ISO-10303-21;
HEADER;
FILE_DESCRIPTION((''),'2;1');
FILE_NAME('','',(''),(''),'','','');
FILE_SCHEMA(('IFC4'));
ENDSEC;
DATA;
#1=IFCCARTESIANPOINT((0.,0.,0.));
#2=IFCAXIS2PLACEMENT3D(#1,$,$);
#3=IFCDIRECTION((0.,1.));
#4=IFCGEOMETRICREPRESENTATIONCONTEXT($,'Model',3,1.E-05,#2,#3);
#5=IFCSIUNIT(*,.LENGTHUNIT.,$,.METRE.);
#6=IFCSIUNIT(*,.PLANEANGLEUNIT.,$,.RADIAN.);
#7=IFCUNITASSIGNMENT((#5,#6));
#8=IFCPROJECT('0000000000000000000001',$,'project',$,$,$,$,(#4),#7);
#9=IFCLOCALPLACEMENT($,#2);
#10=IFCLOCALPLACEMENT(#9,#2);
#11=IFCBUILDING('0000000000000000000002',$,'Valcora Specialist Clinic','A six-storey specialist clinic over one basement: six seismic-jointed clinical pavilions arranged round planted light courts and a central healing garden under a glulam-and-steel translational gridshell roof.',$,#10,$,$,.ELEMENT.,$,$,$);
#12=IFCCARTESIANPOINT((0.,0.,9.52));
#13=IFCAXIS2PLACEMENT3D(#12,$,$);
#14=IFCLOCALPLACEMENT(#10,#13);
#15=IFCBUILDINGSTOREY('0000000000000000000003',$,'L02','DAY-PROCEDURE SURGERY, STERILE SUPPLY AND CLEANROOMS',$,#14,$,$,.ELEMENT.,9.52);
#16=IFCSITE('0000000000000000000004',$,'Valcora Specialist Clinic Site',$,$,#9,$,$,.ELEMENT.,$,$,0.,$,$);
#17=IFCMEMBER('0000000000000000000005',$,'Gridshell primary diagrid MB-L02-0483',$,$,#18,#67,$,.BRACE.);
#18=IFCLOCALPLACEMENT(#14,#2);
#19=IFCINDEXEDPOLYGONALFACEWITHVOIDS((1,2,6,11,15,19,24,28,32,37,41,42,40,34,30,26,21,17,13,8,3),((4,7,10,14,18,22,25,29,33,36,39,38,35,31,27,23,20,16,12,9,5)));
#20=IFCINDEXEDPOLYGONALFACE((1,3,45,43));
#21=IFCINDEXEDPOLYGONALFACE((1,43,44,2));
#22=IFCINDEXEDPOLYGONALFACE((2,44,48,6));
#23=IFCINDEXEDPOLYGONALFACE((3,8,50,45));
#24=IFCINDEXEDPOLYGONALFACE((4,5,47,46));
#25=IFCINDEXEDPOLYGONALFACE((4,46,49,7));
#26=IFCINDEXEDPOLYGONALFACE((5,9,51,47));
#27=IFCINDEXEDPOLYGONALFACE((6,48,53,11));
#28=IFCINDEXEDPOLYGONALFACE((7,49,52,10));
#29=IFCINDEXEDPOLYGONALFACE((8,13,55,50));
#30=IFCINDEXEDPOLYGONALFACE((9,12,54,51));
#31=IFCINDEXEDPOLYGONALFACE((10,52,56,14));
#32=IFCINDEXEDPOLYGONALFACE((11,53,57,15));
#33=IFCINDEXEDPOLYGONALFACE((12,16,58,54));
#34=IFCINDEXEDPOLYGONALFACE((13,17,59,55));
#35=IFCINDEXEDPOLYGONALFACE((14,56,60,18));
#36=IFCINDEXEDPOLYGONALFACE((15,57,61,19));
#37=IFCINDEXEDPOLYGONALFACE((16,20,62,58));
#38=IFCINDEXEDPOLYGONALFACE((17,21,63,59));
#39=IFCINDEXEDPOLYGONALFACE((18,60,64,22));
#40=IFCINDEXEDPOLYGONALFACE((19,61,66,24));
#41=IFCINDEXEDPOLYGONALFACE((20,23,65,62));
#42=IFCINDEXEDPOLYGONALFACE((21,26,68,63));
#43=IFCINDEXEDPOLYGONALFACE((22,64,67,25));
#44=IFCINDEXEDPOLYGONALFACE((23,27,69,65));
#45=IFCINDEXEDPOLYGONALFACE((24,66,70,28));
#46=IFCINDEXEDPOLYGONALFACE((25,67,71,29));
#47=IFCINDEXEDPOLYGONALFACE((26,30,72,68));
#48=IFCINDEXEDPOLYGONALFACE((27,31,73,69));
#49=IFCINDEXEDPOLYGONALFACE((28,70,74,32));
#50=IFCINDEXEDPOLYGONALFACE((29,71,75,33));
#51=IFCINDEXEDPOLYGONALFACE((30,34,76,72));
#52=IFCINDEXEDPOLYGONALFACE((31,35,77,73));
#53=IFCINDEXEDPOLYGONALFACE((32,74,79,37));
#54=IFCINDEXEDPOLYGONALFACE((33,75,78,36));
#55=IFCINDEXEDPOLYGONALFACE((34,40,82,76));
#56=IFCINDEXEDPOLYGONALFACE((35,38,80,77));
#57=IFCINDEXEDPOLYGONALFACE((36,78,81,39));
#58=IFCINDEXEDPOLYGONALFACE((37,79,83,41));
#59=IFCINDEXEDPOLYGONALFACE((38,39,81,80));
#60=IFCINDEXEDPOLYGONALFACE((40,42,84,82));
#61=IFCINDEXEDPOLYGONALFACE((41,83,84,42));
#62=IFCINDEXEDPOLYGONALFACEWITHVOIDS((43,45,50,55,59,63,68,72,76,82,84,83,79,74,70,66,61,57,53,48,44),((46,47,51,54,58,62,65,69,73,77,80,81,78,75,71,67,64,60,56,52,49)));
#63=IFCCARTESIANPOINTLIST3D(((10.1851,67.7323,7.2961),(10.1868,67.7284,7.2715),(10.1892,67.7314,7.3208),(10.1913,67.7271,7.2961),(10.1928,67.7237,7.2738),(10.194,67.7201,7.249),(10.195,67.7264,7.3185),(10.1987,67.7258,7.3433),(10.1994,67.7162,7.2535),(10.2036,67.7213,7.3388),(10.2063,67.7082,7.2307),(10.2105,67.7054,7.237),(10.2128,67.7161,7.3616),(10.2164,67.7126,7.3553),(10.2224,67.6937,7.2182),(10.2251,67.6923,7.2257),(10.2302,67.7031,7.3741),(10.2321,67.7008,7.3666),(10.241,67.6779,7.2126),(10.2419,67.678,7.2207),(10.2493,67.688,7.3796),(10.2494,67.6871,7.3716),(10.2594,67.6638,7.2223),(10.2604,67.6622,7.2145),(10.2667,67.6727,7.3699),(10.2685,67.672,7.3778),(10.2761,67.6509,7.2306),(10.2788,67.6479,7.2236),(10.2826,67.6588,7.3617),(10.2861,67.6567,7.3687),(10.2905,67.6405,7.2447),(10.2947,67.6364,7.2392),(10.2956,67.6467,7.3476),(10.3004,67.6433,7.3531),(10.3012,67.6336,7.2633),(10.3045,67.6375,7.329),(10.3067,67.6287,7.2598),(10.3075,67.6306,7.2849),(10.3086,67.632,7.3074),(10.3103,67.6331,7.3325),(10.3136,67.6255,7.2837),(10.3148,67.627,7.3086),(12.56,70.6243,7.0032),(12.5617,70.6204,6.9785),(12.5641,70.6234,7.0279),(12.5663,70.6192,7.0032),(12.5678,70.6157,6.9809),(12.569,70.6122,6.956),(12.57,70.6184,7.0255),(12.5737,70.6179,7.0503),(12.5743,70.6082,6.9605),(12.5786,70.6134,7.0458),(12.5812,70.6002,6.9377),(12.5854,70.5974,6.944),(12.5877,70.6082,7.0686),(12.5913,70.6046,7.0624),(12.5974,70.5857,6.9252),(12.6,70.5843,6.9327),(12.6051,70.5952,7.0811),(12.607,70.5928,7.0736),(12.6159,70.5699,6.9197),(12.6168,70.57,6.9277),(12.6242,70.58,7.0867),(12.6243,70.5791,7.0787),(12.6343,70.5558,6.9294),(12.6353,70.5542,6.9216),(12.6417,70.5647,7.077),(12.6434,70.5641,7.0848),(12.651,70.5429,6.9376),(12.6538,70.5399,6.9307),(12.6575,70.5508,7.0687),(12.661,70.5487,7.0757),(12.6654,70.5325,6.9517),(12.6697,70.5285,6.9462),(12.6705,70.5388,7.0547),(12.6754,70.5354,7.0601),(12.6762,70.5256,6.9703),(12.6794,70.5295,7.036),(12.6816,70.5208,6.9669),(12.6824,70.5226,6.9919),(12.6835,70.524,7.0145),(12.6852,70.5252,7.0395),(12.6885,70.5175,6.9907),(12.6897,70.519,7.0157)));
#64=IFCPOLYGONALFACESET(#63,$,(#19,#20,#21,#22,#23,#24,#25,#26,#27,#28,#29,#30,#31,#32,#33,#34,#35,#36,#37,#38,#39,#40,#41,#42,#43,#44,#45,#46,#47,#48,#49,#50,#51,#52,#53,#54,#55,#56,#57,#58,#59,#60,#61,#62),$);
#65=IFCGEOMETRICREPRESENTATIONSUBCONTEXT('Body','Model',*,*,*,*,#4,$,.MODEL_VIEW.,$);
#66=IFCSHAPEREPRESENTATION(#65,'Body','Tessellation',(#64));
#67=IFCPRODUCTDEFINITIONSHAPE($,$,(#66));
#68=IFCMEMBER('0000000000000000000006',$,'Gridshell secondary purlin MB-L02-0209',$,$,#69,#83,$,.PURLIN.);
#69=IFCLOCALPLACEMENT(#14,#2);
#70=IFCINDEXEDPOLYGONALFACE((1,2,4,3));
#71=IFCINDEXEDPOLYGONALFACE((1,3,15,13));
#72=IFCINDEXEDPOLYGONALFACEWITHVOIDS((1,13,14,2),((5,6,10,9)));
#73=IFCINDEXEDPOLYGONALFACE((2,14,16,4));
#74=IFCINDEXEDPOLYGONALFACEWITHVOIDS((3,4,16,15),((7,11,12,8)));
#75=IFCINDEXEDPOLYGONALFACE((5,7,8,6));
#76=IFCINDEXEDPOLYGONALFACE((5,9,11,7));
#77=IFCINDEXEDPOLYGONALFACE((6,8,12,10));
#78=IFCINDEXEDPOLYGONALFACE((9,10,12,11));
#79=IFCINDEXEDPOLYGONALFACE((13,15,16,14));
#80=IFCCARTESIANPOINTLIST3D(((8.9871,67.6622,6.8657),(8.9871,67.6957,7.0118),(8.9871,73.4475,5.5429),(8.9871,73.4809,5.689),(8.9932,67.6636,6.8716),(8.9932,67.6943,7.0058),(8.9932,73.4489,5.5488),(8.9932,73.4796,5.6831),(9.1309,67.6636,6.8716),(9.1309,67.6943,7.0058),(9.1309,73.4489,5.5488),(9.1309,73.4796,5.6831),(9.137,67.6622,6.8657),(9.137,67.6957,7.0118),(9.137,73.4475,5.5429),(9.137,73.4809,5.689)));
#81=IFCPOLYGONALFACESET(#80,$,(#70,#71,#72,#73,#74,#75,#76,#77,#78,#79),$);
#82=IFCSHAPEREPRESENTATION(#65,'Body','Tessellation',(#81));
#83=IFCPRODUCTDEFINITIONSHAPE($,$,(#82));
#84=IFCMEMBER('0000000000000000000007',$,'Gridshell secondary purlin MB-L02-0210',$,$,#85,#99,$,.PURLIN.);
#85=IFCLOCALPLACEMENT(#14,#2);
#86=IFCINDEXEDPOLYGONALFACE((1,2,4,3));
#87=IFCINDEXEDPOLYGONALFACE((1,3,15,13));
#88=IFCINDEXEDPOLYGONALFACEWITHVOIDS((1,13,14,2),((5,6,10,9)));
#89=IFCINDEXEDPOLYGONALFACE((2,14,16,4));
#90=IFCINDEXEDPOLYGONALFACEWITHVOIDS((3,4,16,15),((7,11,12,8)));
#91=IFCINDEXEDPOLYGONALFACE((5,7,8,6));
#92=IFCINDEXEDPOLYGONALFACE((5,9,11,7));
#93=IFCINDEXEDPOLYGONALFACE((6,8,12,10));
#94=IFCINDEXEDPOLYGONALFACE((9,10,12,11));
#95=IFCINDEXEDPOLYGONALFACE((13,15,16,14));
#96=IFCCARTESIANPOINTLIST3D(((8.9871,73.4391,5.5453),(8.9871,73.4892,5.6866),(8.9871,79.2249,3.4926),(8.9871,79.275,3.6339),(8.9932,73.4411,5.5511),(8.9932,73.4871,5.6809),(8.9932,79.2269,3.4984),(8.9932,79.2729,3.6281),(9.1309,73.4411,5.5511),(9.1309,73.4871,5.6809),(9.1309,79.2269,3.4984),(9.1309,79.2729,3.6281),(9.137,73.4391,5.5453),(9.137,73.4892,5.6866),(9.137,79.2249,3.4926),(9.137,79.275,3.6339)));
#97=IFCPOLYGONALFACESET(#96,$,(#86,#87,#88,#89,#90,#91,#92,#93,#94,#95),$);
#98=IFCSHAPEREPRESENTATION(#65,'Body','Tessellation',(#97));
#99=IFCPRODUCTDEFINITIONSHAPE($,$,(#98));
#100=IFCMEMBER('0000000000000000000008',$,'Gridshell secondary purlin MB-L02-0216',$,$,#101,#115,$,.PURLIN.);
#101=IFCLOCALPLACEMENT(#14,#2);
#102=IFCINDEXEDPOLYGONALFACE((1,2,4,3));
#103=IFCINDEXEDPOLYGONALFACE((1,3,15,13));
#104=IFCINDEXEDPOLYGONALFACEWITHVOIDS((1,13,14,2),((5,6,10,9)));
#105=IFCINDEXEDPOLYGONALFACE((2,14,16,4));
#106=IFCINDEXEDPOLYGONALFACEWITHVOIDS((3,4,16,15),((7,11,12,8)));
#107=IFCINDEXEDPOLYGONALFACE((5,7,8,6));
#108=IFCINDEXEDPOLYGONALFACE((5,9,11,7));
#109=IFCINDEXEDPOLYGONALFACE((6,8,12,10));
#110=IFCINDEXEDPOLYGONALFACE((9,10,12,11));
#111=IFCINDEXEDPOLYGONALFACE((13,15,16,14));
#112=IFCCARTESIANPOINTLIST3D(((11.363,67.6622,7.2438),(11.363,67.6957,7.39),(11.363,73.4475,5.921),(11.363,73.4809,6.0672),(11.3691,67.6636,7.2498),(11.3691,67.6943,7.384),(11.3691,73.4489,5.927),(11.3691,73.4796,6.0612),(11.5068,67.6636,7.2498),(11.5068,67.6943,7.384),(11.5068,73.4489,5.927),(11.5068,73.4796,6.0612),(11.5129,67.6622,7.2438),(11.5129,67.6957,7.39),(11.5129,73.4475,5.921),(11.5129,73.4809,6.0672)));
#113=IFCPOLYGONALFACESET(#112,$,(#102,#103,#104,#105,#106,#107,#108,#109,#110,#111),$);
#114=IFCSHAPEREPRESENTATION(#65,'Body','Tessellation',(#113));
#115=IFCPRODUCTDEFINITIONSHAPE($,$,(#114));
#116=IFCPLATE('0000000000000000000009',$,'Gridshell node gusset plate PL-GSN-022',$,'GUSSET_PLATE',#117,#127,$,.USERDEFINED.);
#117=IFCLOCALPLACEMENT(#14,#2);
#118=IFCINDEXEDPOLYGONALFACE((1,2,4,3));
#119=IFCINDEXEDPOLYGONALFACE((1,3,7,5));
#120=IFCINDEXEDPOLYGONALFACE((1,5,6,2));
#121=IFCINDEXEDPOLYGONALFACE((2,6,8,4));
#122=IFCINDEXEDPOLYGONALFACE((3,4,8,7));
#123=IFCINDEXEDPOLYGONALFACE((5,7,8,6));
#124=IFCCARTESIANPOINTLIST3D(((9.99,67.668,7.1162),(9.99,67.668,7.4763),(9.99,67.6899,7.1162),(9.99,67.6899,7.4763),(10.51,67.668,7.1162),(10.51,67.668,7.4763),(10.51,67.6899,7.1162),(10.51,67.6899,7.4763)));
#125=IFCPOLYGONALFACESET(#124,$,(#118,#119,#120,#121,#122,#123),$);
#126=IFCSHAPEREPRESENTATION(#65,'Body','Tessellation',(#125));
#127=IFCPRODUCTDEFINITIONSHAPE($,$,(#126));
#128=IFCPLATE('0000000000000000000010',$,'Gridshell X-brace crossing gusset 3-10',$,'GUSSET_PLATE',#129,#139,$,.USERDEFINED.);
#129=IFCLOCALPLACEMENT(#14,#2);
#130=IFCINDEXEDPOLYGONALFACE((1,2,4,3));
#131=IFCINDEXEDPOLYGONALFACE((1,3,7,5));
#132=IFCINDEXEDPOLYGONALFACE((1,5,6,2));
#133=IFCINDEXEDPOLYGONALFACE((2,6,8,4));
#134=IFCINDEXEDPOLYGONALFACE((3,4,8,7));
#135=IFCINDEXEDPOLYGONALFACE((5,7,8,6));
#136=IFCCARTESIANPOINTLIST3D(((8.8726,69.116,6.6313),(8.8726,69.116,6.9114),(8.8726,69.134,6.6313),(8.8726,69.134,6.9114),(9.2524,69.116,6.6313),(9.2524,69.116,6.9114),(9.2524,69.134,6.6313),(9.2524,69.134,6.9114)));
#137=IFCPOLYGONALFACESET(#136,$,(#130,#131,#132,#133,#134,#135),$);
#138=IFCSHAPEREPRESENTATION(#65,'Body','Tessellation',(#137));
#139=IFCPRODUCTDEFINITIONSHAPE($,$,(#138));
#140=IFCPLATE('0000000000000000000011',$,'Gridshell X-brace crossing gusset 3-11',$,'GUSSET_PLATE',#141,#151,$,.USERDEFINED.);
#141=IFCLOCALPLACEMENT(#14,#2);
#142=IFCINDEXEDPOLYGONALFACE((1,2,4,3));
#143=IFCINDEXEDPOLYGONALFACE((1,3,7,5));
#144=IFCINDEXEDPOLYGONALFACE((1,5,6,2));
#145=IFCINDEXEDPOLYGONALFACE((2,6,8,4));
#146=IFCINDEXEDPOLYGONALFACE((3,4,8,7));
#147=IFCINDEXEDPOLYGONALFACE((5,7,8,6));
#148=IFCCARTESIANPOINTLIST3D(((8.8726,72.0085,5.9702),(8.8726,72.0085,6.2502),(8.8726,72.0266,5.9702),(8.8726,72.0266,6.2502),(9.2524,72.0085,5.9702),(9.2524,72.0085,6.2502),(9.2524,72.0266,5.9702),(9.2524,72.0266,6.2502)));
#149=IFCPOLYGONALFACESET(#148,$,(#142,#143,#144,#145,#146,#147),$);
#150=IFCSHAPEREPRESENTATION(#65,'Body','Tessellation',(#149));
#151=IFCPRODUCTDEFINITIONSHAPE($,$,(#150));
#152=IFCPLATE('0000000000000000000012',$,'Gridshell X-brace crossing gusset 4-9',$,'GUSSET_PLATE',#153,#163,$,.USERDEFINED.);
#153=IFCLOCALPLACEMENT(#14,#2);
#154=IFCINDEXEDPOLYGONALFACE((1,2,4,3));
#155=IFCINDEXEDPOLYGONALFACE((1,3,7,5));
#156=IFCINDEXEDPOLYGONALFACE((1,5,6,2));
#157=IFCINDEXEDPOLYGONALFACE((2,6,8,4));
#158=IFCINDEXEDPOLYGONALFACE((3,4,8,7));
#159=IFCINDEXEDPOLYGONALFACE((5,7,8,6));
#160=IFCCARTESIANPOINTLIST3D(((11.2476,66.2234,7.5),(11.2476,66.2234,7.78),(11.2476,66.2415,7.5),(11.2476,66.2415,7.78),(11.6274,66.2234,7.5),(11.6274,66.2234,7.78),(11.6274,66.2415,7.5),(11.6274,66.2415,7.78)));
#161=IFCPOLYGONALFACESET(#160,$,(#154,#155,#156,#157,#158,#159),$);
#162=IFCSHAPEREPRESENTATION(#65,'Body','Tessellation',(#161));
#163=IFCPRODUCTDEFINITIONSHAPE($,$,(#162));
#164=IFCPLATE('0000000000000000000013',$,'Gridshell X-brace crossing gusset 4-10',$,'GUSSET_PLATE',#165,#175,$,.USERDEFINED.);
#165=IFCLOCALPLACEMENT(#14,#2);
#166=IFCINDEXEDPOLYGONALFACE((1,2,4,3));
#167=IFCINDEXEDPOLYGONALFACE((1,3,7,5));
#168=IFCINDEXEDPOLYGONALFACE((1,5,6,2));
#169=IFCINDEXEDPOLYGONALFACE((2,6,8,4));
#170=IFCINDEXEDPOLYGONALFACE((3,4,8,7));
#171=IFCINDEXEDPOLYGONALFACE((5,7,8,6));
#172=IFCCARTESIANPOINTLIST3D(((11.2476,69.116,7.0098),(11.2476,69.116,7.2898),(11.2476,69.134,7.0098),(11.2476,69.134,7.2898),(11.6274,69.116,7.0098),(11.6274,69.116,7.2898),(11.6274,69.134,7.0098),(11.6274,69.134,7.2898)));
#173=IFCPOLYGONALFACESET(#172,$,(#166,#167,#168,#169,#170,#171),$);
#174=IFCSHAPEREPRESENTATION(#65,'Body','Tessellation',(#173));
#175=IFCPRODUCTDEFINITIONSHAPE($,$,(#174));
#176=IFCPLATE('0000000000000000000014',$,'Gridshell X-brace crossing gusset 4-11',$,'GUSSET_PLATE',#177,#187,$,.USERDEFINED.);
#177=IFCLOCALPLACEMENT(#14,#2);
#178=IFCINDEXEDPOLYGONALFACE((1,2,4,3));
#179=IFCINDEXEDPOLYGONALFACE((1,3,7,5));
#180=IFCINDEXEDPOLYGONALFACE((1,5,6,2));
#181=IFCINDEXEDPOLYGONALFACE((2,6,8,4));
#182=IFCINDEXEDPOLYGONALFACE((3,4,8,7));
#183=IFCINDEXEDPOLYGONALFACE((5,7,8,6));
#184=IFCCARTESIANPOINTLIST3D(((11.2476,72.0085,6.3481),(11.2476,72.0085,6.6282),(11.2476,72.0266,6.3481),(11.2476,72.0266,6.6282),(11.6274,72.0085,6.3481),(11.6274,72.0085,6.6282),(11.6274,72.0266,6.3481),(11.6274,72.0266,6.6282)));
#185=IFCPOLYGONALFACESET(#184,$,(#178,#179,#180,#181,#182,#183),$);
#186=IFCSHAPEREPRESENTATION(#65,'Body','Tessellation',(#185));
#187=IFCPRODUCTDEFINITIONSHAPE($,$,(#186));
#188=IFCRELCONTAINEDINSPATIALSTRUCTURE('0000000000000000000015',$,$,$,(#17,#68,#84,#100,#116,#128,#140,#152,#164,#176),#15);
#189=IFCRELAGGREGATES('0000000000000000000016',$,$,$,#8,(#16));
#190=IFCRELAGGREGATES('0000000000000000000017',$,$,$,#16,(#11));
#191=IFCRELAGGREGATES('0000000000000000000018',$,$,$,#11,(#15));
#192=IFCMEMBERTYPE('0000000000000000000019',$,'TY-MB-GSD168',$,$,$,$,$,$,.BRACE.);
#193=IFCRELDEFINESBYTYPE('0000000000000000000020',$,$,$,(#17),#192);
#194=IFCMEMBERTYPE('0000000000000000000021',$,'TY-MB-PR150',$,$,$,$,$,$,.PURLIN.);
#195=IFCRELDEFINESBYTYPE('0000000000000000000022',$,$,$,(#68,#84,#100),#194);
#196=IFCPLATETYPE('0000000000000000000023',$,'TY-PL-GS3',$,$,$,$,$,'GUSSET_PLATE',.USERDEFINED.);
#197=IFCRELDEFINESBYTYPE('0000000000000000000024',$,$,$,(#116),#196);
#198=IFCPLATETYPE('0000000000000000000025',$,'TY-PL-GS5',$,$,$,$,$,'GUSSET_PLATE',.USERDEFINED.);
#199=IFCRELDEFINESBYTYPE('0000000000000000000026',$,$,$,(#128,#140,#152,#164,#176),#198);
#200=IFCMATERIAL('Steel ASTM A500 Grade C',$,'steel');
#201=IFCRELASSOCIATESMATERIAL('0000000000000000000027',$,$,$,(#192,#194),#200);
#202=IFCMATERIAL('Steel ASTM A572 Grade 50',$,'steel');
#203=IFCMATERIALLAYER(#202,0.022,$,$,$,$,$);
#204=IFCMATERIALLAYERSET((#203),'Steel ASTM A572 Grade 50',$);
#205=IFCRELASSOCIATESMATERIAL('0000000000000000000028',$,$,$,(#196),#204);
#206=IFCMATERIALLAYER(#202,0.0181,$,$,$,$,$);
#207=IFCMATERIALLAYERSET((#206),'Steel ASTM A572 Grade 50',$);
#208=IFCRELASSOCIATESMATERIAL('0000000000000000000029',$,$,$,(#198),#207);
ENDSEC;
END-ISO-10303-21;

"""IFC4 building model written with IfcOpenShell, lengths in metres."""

from ifc_helpers import new_model, si_unit, direction, frame, origin, origin_2d, place, context, subcontext, project, spatial, rectangle, hollow_rectangle, hollow_circle, extrude, material, layer, layer_set, material_profile, profile_set, type_object, element, save


model = new_model("IFC4")

# Units and contexts
model_context = context("Model", 3, precision=1e-05, world=origin(), true_north=direction((0.0, 1.0)))
body_context = subcontext(model_context, "Body", "Model", "MODEL_VIEW")
ifc_project = project(units=[si_unit("LENGTHUNIT", "METRE"), si_unit("PLANEANGLEUNIT", "RADIAN")], contexts=[model_context])

# Site, building, storey
site_placement = place(None, origin())
site = spatial("IfcSite", under=ifc_project, at=site_placement, Name="Valcora Specialist Clinic Site", CompositionType="ELEMENT", RefElevation=0.0)
building_placement = place(site_placement, origin())
building = spatial("IfcBuilding", under=site, at=building_placement, Name="Valcora Specialist Clinic", Description="A six-storey specialist clinic over one basement: six seismic-jointed clinical pavilions arranged round planted light courts and a central healing garden under a glulam-and-steel translational gridshell roof.", CompositionType="ELEMENT")
storey_placement = place(building_placement, frame((0.0, 0.0, 9.52)))
storey = spatial("IfcBuildingStorey", under=building, at=storey_placement, Name="L02", Description="DAY-PROCEDURE SURGERY, STERILE SUPPLY AND CLEANROOMS", CompositionType="ELEMENT", Elevation=9.52)

# Members
ifc_material_1 = material(Name="Steel ASTM A500 Grade C", Category="steel")
ifc_material_profile_1 = material_profile(ifc_material_1, hollow_circle(Radius=0.084, WallThickness=0.0081, at=origin_2d()), Name="ST-CHS-168X8")
ifc_profile_set_1 = profile_set([ifc_material_profile_1], Name="Steel ASTM A500 Grade C")
member_type_1 = type_object("IfcMemberType", Name="TY-MB-GSD168", PredefinedType="BRACE", material=ifc_profile_set_1)
member_1_placement = place(storey_placement, frame((10.25, 67.679, 7.2961), z_axis=(0.632701, 0.770453, -0.078047), x_axis=(-0.772811, 0.634636, 0.0)))
element("IfcMember", 1, at=member_1_placement, inside=storey, type_object=member_type_1, Name="Gridshell primary diagrid MB-L02-0483", PredefinedType="BRACE", context=body_context, shape_type="SweptSolid", body=[
    extrude(hollow_circle(Radius=0.084, WallThickness=0.0081, at=origin_2d()), origin(), (0.0, 0.0, 1.0), 3.7537),
])
ifc_material_profile_2 = material_profile(ifc_material_1, hollow_rectangle(XDim=0.1499, YDim=0.1499, WallThickness=0.0061, at=origin_2d()), Name="ST-RHS-150X150X6")
ifc_profile_set_2 = profile_set([ifc_material_profile_2], Name="Steel ASTM A500 Grade C")
member_type_2 = type_object("IfcMemberType", Name="TY-MB-PR150", PredefinedType="PURLIN", material=ifc_profile_set_2)
member_2_placement = place(storey_placement, frame((9.062, 67.679, 6.9387), z_axis=(0.0, 0.974843, -0.222894), x_axis=(-1.0, 0.0, 0.0)))
element("IfcMember", 2, at=member_2_placement, inside=storey, type_object=member_type_2, Name="Gridshell secondary purlin MB-L02-0209", PredefinedType="PURLIN", context=body_context, shape_type="SweptSolid", body=[
    extrude(hollow_rectangle(XDim=0.1499, YDim=0.1499, WallThickness=0.0061, at=origin_2d()), origin(), (0.0, 0.0, 1.0), 5.9346),
])
member_3_placement = place(storey_placement, frame((9.062, 73.4641, 5.616), z_axis=(0.0, 0.942444, -0.334363), x_axis=(-1.0, 0.0, 0.0)))
element("IfcMember", 3, at=member_3_placement, inside=storey, type_object=member_type_2, Name="Gridshell secondary purlin MB-L02-0210", PredefinedType="PURLIN", context=body_context, shape_type="SweptSolid", body=[
    extrude(hollow_rectangle(XDim=0.1499, YDim=0.1499, WallThickness=0.0061, at=origin_2d()), origin(), (0.0, 0.0, 1.0), 6.1392),
])
member_4_placement = place(storey_placement, frame((11.438, 67.679, 7.3169), z_axis=(0.0, 0.974843, -0.222894), x_axis=(-1.0, 0.0, 0.0)))
element("IfcMember", 4, at=member_4_placement, inside=storey, type_object=member_type_2, Name="Gridshell secondary purlin MB-L02-0216", PredefinedType="PURLIN", context=body_context, shape_type="SweptSolid", body=[
    extrude(hollow_rectangle(XDim=0.1499, YDim=0.1499, WallThickness=0.0061, at=origin_2d()), origin(), (0.0, 0.0, 1.0), 5.9346),
])

# Plates
ifc_material_2 = material(Name="Steel ASTM A572 Grade 50", Category="steel")
ifc_layer_1 = layer(ifc_material_2, 0.022)
ifc_layer_set_1 = layer_set([ifc_layer_1], Name="Steel ASTM A572 Grade 50")
plate_type_1 = type_object("IfcPlateType", Name="TY-PL-GS3", ElementType="GUSSET_PLATE", PredefinedType="USERDEFINED", material=ifc_layer_set_1)
plate_placement = place(storey_placement, frame((10.25, 67.679, 7.1162), z_axis=(0.0, 0.0, 1.0), x_axis=(1.0, 0.0, 0.0)))
element("IfcPlate", 5, at=plate_placement, inside=storey, type_object=plate_type_1, Name="Gridshell node gusset plate PL-GSN-022", ObjectType="GUSSET_PLATE", PredefinedType="USERDEFINED", context=body_context, shape_type="SweptSolid", body=[
    extrude(rectangle(XDim=0.52, YDim=0.022, at=origin_2d()), origin(), (0.0, 0.0, 1.0), 0.3601),
])
ifc_layer_2 = layer(ifc_material_2, 0.0181)
ifc_layer_set_2 = layer_set([ifc_layer_2], Name="Steel ASTM A572 Grade 50")
plate_type_2 = type_object("IfcPlateType", Name="TY-PL-GS5", ElementType="GUSSET_PLATE", PredefinedType="USERDEFINED", material=ifc_layer_set_2)
for number, where, z_axis, x_axis, name in (
    (6, (9.0625, 69.125, 6.6313), (0.0, 0.0, 1.0), (1.0, 0.0, 0.0), "Gridshell X-brace crossing gusset 3-10"),
    (7, (9.0625, 72.0176, 5.9702), (0.0, 0.0, 1.0), (1.0, 0.0, 0.0), "Gridshell X-brace crossing gusset 3-11"),
    (8, (11.4375, 66.2324, 7.5), (0.0, 0.0, 1.0), (1.0, 0.0, 0.0), "Gridshell X-brace crossing gusset 4-9"),
    (9, (11.4375, 69.125, 7.0098), (0.0, 0.0, 1.0), (1.0, 0.0, 0.0), "Gridshell X-brace crossing gusset 4-10"),
    (10, (11.4375, 72.0176, 6.3481), (0.0, 0.0, 1.0), (1.0, 0.0, 0.0), "Gridshell X-brace crossing gusset 4-11"),
):
    element("IfcPlate", number, at=place(storey_placement, frame(where, z_axis=z_axis, x_axis=x_axis)), inside=storey, type_object=plate_type_2, Name=name, ObjectType="GUSSET_PLATE", PredefinedType="USERDEFINED", context=body_context, shape_type="SweptSolid", body=[
        extrude(rectangle(XDim=0.3799, YDim=0.0181, at=origin_2d()), origin(), (0.0, 0.0, 1.0), 0.28),
    ])

save(model, "model.ifc")
